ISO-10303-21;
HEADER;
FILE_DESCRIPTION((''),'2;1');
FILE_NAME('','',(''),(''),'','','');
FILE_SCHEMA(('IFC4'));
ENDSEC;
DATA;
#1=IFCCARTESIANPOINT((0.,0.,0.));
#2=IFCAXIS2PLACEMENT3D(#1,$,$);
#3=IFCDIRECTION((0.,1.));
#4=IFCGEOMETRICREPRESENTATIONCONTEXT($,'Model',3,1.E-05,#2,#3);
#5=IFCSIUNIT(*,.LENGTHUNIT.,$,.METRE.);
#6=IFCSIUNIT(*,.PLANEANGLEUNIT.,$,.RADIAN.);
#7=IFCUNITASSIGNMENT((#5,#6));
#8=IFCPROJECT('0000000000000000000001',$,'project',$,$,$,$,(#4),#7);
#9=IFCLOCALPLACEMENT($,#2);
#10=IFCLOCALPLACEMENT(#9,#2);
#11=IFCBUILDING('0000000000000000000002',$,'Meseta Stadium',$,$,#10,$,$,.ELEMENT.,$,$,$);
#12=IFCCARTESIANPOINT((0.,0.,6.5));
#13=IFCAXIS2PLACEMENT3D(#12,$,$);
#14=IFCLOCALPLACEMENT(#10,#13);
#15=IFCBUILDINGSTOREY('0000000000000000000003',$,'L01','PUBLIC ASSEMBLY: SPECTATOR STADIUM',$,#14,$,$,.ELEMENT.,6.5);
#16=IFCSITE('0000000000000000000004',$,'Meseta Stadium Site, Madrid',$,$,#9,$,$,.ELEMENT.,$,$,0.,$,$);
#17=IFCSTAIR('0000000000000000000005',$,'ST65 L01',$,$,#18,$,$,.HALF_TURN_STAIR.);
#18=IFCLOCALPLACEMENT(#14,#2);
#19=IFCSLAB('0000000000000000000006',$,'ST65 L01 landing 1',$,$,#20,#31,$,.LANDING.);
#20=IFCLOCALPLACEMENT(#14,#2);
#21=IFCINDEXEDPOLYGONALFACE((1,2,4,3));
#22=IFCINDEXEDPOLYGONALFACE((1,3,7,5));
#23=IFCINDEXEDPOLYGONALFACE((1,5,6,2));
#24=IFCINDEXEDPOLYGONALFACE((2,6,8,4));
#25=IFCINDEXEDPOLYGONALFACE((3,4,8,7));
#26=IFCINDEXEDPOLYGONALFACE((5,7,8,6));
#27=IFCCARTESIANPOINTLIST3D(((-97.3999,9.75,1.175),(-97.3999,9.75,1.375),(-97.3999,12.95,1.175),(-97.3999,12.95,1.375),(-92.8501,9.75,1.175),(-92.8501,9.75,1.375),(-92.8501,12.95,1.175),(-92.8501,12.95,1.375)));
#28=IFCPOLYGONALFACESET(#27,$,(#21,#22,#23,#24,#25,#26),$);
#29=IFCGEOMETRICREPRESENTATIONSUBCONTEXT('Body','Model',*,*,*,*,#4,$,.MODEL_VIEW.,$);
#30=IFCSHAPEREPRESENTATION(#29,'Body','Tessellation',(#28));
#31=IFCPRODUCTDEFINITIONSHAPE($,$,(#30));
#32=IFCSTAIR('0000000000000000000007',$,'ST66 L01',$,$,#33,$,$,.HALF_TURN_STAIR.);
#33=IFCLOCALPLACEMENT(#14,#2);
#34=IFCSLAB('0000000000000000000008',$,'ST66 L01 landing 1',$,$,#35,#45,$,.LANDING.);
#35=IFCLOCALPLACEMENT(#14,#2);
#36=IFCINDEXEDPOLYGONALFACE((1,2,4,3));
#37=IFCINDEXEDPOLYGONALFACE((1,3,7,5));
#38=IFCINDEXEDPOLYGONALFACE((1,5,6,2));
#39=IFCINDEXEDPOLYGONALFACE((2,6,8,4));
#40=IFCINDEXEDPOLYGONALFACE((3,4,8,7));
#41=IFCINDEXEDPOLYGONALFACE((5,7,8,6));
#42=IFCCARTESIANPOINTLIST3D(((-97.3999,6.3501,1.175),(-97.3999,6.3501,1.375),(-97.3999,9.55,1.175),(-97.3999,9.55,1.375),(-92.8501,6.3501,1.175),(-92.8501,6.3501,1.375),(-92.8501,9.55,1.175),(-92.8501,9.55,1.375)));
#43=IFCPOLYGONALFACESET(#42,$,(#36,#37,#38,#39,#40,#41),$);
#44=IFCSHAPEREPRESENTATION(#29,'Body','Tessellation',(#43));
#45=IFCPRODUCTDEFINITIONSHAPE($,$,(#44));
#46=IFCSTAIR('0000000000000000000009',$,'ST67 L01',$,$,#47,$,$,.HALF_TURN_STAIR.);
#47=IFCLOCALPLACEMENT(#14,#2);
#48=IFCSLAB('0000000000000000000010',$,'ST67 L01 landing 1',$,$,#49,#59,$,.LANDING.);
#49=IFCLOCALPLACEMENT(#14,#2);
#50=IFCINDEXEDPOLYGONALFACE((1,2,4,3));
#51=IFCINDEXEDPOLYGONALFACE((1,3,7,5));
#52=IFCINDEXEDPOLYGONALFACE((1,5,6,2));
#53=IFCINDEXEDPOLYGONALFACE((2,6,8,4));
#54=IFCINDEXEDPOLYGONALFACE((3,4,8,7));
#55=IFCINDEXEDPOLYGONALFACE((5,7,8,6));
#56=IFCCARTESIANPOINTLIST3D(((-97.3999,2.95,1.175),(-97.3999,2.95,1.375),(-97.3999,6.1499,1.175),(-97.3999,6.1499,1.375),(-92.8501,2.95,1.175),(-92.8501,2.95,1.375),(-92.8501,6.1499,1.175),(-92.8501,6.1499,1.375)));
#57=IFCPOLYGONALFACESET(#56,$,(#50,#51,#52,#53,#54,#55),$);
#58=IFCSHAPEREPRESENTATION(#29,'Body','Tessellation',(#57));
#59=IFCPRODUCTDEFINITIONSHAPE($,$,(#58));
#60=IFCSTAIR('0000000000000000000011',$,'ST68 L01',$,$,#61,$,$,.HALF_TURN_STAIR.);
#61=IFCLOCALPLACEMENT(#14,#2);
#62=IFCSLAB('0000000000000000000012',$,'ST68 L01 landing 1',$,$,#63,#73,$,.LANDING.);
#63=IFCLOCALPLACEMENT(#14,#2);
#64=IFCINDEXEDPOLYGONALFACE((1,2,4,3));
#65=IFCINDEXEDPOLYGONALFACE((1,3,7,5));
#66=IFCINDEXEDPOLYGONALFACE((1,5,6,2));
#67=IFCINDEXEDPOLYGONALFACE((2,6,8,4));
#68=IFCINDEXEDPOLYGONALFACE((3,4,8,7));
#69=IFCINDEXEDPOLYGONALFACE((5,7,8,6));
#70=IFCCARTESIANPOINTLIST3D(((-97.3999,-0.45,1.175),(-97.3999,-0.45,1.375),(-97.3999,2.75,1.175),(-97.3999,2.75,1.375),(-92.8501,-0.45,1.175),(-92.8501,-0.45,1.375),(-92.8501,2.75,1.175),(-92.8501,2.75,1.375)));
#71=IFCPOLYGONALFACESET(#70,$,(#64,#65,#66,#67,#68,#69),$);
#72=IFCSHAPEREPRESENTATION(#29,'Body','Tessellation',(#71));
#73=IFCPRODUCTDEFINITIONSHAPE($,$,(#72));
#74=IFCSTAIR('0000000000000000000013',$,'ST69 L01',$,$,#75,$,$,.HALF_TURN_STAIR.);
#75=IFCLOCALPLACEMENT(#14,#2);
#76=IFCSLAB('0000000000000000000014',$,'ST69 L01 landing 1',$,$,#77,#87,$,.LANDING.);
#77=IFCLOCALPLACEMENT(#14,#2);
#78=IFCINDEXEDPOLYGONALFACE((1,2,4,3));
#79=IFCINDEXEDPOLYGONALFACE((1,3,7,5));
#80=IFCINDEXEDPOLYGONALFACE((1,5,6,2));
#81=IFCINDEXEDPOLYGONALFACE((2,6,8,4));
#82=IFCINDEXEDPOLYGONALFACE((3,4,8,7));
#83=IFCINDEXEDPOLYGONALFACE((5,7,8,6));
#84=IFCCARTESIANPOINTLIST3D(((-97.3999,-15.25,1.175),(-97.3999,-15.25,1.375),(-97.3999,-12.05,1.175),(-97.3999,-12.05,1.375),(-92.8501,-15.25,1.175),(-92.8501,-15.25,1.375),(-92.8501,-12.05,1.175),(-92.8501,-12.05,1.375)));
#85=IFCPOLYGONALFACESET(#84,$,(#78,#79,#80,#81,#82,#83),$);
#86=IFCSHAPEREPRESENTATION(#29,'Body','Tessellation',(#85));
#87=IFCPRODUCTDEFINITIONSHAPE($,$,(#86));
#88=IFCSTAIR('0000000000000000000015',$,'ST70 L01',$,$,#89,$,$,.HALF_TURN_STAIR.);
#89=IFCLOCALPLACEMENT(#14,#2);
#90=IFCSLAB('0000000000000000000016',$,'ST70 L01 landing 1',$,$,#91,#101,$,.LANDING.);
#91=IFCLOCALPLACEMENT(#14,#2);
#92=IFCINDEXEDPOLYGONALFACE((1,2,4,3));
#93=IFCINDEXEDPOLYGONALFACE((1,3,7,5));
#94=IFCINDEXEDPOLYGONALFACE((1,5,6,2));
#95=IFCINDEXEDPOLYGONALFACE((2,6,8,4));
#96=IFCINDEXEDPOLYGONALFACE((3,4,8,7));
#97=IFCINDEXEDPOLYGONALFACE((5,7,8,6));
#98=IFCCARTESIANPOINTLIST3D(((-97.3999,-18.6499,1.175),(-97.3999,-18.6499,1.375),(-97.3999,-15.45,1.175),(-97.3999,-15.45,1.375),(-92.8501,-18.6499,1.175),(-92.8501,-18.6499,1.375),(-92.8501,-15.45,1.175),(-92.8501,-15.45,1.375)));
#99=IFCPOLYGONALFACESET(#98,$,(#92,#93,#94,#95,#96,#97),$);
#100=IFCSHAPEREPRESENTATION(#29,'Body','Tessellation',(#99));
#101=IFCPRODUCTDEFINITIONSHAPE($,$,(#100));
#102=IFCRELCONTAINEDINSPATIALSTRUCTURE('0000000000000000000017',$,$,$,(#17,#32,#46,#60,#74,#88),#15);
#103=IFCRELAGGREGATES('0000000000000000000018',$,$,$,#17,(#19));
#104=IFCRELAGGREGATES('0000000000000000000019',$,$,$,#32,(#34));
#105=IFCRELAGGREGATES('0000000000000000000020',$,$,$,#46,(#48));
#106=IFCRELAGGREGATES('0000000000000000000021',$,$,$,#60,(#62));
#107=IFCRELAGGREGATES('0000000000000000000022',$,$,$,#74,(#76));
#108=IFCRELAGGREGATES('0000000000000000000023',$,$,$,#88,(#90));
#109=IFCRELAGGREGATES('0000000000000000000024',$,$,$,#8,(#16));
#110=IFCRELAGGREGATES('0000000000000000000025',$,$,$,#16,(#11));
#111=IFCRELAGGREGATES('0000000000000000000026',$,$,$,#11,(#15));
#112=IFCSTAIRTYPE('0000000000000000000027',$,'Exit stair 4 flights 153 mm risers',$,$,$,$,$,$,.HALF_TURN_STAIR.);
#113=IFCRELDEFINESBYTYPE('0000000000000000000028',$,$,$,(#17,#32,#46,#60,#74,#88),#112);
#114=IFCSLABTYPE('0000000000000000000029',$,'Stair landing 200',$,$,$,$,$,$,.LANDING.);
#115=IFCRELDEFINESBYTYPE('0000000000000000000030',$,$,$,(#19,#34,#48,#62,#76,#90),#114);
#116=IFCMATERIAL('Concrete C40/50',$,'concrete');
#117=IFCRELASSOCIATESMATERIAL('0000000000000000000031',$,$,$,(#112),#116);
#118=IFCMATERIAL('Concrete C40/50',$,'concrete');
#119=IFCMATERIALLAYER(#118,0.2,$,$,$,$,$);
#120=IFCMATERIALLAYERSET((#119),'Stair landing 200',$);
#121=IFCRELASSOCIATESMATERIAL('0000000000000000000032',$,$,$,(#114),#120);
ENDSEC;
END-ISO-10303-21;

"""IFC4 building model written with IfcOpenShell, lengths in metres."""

from ifc_helpers import new_model, si_unit, direction, frame, origin, place, context, subcontext, project, spatial, polyline, outline, extrude, material, layer, layer_set, type_object, element, aggregate, save


model = new_model("IFC4")

# Units and contexts
model_context = context("Model", 3, precision=1e-05, world=origin(), true_north=direction((0.0, 1.0)))
body_context = subcontext(model_context, "Body", "Model", "MODEL_VIEW")
ifc_project = project(units=[si_unit("LENGTHUNIT", "METRE"), si_unit("PLANEANGLEUNIT", "RADIAN")], contexts=[model_context])

# Site, building, storey
site_placement = place(None, origin())
site = spatial("IfcSite", under=ifc_project, at=site_placement, Name="Meseta Stadium Site, Madrid", CompositionType="ELEMENT", RefElevation=0.0)
building_placement = place(site_placement, origin())
building = spatial("IfcBuilding", under=site, at=building_placement, Name="Meseta Stadium", CompositionType="ELEMENT")
storey_placement = place(building_placement, frame((0.0, 0.0, 6.5)))
storey = spatial("IfcBuildingStorey", under=building, at=storey_placement, Name="L01", Description="PUBLIC ASSEMBLY: SPECTATOR STADIUM", CompositionType="ELEMENT", Elevation=6.5)

# Stairs, slabs
ifc_material_1 = material(Name="Concrete C40/50", Category="concrete")
stair_type = type_object("IfcStairType", Name="Exit stair 4 flights 153 mm risers", PredefinedType="HALF_TURN_STAIR", material=ifc_material_1)
ifc_material_2 = material(Name="Concrete C40/50", Category="concrete")
ifc_layer = layer(ifc_material_2, 0.2)
ifc_layer_set = layer_set([ifc_layer], Name="Stair landing 200")
slab_type = type_object("IfcSlabType", Name="Stair landing 200", PredefinedType="LANDING", material=ifc_layer_set)
stair_1_placement = place(storey_placement, origin())
stair_1 = element("IfcStair", 1, at=stair_1_placement, inside=storey, type_object=stair_type, Name="ST65 L01", PredefinedType="HALF_TURN_STAIR")
slab_1_placement = place(storey_placement, frame((0.0, 0.0, 1.175)))
slab_1 = element("IfcSlab", 2, at=slab_1_placement, type_object=slab_type, Name="ST65 L01 landing 1", PredefinedType="LANDING", context=body_context, shape_type="SweptSolid", body=[
    extrude(outline(polyline([(-92.8501, 12.95), (-97.3999, 12.95), (-97.3999, 9.75), (-92.8501, 9.75), (-92.8501, 12.95)])), origin(), (0.0, 0.0, 1.0), 0.2),
])
aggregate(stair_1, [slab_1])
stair_2_placement = place(storey_placement, origin())
stair_2 = element("IfcStair", 3, at=stair_2_placement, inside=storey, type_object=stair_type, Name="ST66 L01", PredefinedType="HALF_TURN_STAIR")
slab_2_placement = place(storey_placement, frame((0.0, 0.0, 1.175)))
slab_2 = element("IfcSlab", 4, at=slab_2_placement, type_object=slab_type, Name="ST66 L01 landing 1", PredefinedType="LANDING", context=body_context, shape_type="SweptSolid", body=[
    extrude(outline(polyline([(-92.8501, 9.55), (-97.3999, 9.55), (-97.3999, 6.3501), (-92.8501, 6.3501), (-92.8501, 9.55)])), origin(), (0.0, 0.0, 1.0), 0.2),
])
aggregate(stair_2, [slab_2])
stair_3_placement = place(storey_placement, origin())
stair_3 = element("IfcStair", 5, at=stair_3_placement, inside=storey, type_object=stair_type, Name="ST67 L01", PredefinedType="HALF_TURN_STAIR")
slab_3_placement = place(storey_placement, frame((0.0, 0.0, 1.175)))
slab_3 = element("IfcSlab", 6, at=slab_3_placement, type_object=slab_type, Name="ST67 L01 landing 1", PredefinedType="LANDING", context=body_context, shape_type="SweptSolid", body=[
    extrude(outline(polyline([(-92.8501, 6.1499), (-97.3999, 6.1499), (-97.3999, 2.95), (-92.8501, 2.95), (-92.8501, 6.1499)])), origin(), (0.0, 0.0, 1.0), 0.2),
])
aggregate(stair_3, [slab_3])
stair_4_placement = place(storey_placement, origin())
stair_4 = element("IfcStair", 7, at=stair_4_placement, inside=storey, type_object=stair_type, Name="ST68 L01", PredefinedType="HALF_TURN_STAIR")
slab_4_placement = place(storey_placement, frame((0.0, 0.0, 1.175)))
slab_4 = element("IfcSlab", 8, at=slab_4_placement, type_object=slab_type, Name="ST68 L01 landing 1", PredefinedType="LANDING", context=body_context, shape_type="SweptSolid", body=[
    extrude(outline(polyline([(-92.8501, 2.75), (-97.3999, 2.75), (-97.3999, -0.45), (-92.8501, -0.45), (-92.8501, 2.75)])), origin(), (0.0, 0.0, 1.0), 0.2),
])
aggregate(stair_4, [slab_4])
stair_5_placement = place(storey_placement, origin())
stair_5 = element("IfcStair", 9, at=stair_5_placement, inside=storey, type_object=stair_type, Name="ST69 L01", PredefinedType="HALF_TURN_STAIR")
slab_5_placement = place(storey_placement, frame((0.0, 0.0, 1.175)))
slab_5 = element("IfcSlab", 10, at=slab_5_placement, type_object=slab_type, Name="ST69 L01 landing 1", PredefinedType="LANDING", context=body_context, shape_type="SweptSolid", body=[
    extrude(outline(polyline([(-92.8501, -12.05), (-97.3999, -12.05), (-97.3999, -15.25), (-92.8501, -15.25), (-92.8501, -12.05)])), origin(), (0.0, 0.0, 1.0), 0.2),
])
aggregate(stair_5, [slab_5])
stair_6_placement = place(storey_placement, origin())
stair_6 = element("IfcStair", 11, at=stair_6_placement, inside=storey, type_object=stair_type, Name="ST70 L01", PredefinedType="HALF_TURN_STAIR")
slab_6_placement = place(storey_placement, frame((0.0, 0.0, 1.175)))
slab_6 = element("IfcSlab", 12, at=slab_6_placement, type_object=slab_type, Name="ST70 L01 landing 1", PredefinedType="LANDING", context=body_context, shape_type="SweptSolid", body=[
    extrude(outline(polyline([(-92.8501, -15.45), (-97.3999, -15.45), (-97.3999, -18.6499), (-92.8501, -18.6499), (-92.8501, -15.45)])), origin(), (0.0, 0.0, 1.0), 0.2),
])
aggregate(stair_6, [slab_6])

save(model, "model.ifc")
